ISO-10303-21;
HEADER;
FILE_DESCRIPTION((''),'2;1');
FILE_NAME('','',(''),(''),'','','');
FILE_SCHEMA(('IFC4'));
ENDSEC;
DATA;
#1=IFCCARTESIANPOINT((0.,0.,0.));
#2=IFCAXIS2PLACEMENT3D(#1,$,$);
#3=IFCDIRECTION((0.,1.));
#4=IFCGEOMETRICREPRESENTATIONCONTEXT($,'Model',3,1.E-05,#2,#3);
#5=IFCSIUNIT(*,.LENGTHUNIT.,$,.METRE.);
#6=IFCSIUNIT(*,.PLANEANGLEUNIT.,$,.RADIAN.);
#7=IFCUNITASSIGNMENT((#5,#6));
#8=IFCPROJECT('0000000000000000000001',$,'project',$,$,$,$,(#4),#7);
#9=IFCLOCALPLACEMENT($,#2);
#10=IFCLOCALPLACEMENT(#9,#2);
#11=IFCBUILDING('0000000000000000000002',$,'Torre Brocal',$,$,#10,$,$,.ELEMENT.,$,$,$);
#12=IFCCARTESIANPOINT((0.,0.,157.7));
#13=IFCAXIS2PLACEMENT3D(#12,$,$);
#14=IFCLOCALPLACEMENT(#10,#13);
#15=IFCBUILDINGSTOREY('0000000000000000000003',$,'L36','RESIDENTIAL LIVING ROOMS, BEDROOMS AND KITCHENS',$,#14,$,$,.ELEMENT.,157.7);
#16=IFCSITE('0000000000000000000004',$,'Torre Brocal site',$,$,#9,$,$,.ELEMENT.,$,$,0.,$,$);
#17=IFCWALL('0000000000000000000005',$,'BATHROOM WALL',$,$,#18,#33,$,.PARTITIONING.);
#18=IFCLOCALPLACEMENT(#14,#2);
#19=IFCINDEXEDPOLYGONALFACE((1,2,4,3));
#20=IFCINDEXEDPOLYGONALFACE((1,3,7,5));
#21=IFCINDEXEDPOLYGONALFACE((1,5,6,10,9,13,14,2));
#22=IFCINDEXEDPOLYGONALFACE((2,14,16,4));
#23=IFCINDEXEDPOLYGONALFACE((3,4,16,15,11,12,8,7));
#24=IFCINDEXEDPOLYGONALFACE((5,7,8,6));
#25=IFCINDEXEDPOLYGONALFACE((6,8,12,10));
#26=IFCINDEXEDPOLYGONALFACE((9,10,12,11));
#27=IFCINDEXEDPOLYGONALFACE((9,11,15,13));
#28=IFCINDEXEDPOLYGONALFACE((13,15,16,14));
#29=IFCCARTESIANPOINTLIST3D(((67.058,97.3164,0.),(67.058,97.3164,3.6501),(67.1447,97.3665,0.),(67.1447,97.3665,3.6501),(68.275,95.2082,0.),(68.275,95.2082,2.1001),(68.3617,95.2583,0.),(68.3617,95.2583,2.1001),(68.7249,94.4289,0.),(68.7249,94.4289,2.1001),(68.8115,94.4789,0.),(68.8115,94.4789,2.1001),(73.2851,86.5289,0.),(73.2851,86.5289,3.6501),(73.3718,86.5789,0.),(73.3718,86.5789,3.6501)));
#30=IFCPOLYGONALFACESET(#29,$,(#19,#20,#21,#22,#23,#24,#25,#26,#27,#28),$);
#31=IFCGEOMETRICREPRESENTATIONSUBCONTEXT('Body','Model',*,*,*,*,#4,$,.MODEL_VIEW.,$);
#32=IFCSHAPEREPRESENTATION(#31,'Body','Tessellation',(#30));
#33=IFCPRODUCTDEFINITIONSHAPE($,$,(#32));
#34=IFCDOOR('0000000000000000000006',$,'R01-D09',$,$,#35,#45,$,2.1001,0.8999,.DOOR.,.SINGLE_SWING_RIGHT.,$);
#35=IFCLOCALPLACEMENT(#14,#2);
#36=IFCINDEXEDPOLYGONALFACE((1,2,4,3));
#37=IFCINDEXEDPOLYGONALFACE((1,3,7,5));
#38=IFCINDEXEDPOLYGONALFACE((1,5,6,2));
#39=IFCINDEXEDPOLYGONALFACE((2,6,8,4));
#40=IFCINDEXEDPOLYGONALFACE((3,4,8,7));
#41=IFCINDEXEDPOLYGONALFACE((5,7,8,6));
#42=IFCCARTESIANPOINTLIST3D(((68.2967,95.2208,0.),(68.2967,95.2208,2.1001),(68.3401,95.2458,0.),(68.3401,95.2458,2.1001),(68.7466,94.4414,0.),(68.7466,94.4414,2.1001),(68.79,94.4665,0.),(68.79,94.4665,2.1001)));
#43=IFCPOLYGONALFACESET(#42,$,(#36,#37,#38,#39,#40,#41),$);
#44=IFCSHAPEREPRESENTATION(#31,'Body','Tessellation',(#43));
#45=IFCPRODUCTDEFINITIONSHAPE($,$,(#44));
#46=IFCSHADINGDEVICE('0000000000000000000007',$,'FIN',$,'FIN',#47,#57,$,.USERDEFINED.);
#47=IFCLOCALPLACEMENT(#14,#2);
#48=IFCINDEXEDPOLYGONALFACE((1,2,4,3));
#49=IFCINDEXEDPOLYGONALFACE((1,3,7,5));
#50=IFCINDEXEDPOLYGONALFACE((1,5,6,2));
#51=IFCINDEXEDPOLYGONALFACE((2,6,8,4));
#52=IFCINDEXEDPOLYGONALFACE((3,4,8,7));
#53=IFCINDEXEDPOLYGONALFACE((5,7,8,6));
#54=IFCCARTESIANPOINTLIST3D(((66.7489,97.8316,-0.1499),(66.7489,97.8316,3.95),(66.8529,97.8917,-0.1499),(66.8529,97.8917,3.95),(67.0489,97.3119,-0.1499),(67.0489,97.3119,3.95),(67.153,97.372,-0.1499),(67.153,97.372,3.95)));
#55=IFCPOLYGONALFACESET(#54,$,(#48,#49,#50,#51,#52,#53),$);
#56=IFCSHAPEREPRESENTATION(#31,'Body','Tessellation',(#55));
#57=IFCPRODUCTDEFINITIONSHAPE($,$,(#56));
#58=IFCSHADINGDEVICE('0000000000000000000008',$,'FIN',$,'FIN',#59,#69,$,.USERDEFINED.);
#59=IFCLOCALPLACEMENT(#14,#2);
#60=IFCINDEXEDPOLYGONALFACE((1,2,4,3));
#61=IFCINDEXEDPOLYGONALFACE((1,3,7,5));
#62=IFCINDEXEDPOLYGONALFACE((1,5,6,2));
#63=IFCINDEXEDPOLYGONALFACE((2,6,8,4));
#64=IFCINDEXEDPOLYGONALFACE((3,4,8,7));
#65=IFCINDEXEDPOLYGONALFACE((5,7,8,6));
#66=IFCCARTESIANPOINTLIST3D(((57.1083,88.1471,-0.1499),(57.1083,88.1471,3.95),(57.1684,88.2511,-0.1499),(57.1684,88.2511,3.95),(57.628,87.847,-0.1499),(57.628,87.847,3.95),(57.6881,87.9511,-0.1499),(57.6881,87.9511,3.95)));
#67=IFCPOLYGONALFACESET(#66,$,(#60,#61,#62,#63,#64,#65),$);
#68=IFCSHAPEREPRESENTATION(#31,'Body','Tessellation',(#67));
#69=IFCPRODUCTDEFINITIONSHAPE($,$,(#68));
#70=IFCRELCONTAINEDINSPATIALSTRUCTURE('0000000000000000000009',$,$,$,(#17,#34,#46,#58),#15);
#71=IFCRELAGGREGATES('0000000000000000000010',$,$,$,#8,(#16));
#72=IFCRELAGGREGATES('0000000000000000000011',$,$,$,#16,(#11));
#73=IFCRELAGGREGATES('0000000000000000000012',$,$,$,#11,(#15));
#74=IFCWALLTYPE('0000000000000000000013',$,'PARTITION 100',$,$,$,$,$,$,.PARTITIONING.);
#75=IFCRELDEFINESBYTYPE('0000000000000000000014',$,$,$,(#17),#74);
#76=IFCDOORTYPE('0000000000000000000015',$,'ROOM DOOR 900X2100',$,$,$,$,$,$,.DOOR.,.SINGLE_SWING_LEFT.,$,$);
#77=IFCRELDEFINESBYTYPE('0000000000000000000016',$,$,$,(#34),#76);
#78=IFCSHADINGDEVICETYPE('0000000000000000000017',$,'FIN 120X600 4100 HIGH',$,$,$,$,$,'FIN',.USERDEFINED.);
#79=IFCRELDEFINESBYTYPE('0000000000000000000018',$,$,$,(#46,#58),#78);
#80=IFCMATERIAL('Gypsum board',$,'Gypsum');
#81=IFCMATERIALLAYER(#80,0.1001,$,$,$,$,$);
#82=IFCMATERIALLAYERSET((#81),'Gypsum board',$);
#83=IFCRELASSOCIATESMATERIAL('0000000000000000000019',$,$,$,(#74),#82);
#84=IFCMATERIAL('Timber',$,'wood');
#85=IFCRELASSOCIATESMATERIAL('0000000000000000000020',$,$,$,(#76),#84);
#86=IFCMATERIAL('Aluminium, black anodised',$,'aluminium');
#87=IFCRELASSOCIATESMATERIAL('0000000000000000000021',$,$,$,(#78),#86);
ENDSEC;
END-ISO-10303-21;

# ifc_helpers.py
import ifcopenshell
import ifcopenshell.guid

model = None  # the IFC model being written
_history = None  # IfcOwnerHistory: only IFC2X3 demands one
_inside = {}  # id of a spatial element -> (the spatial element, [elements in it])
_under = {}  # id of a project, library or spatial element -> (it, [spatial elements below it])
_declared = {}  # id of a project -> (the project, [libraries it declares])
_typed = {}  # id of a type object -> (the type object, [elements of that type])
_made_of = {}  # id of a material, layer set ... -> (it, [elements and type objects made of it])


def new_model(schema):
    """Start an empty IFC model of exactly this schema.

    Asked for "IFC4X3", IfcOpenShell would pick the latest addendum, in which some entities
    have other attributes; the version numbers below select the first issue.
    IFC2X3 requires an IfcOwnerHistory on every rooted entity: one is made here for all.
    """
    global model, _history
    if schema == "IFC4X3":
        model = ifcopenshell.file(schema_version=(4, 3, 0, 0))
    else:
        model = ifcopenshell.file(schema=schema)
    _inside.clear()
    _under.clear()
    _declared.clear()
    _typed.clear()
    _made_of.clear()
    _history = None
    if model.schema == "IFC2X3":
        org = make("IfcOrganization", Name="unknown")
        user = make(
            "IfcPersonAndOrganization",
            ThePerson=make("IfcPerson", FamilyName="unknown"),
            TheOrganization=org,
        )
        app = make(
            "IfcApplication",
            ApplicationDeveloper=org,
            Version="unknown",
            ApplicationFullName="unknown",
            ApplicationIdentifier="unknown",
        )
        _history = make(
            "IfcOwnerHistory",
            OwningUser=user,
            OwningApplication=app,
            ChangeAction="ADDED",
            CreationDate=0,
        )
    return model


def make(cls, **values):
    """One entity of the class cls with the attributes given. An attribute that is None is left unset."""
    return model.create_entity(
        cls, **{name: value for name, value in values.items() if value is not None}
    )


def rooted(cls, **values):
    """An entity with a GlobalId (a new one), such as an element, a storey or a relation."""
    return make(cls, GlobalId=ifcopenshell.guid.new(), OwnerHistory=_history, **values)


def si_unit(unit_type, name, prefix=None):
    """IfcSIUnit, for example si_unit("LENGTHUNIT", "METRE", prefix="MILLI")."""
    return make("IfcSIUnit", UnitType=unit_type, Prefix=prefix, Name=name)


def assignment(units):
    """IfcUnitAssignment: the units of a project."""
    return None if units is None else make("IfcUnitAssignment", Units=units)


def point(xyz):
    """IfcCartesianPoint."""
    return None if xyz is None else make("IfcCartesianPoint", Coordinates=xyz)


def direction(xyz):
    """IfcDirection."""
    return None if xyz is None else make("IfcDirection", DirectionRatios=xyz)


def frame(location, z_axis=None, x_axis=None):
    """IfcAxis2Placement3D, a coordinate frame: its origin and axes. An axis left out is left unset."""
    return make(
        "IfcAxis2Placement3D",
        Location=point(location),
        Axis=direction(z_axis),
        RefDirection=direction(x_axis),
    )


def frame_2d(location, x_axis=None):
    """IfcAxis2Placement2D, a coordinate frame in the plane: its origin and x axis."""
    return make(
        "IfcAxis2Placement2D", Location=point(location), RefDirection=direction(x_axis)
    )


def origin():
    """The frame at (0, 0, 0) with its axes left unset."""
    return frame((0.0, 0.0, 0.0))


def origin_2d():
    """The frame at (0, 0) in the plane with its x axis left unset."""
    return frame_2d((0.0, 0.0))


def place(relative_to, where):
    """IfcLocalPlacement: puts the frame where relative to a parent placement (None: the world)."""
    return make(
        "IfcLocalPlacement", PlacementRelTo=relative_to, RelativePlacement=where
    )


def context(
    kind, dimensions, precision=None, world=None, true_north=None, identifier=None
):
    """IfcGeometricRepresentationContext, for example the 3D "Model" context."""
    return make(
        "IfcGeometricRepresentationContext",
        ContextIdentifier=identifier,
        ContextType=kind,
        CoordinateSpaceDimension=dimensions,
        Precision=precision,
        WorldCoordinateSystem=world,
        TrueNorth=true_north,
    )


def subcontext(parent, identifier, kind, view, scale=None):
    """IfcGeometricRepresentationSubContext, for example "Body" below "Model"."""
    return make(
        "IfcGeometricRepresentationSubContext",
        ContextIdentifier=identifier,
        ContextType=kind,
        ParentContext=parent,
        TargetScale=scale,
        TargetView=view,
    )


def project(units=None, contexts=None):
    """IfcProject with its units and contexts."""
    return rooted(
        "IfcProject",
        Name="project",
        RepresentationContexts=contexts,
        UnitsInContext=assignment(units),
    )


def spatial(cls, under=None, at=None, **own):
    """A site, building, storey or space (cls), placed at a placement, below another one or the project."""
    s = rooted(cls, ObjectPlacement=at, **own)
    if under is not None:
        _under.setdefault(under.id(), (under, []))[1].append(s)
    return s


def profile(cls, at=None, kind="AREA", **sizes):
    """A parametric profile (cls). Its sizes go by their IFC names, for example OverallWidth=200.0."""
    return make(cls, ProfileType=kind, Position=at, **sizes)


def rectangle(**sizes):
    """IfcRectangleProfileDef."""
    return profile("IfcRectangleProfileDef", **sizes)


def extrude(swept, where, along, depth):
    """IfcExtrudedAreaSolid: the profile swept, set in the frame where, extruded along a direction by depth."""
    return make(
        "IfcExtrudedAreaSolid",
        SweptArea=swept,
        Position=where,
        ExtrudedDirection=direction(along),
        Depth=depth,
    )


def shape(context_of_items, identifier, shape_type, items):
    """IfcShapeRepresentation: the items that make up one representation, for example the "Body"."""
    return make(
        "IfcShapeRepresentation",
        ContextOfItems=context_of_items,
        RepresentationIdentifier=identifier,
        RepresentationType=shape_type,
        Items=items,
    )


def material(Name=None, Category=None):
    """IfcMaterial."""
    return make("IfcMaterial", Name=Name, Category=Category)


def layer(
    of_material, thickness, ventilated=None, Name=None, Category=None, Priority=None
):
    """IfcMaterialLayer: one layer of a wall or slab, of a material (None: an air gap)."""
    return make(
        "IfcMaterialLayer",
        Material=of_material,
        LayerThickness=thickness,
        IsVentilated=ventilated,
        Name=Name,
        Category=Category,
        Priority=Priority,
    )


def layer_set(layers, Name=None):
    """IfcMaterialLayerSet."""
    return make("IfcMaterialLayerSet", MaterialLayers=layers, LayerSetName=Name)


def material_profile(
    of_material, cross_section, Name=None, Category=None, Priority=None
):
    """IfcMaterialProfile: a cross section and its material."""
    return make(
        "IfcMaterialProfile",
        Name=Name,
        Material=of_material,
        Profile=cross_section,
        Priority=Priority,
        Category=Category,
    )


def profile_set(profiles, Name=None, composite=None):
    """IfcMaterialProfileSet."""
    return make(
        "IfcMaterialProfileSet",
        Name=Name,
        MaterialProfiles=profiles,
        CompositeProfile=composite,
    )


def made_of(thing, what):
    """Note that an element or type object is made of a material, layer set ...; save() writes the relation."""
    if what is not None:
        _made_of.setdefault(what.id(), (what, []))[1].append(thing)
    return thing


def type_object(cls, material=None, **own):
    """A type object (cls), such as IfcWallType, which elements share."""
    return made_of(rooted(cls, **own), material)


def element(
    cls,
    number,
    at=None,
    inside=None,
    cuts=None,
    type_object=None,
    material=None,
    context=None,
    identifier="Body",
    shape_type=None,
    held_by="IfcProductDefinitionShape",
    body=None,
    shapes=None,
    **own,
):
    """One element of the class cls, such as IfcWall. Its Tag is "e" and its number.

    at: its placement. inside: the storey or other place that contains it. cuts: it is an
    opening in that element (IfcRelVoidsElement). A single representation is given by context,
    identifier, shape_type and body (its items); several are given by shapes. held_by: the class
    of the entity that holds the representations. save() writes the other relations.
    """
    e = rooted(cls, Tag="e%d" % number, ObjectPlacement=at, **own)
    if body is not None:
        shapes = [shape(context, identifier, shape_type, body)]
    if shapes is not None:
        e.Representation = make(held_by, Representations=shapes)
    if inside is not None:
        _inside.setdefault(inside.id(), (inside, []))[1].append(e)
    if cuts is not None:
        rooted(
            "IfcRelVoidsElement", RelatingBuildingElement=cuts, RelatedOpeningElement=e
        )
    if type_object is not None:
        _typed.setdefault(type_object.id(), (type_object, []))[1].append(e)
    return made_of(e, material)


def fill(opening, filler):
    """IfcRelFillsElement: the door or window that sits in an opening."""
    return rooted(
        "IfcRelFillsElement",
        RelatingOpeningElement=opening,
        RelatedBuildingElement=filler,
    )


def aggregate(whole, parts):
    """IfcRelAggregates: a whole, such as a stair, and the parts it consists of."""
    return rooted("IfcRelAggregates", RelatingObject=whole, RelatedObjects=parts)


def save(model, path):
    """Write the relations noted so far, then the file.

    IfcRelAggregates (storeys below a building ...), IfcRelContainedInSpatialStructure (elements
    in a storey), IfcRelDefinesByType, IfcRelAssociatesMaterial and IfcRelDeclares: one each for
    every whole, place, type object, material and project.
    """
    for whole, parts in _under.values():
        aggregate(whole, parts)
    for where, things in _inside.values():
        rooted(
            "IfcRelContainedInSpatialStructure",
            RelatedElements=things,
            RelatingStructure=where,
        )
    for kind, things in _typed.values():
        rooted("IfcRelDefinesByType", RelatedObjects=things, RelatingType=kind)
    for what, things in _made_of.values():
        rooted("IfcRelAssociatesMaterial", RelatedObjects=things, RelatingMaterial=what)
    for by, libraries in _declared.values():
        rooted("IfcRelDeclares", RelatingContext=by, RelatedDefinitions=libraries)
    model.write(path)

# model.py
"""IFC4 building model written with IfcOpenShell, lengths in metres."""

from ifc_helpers import new_model, si_unit, direction, frame, frame_2d, origin, origin_2d, place, context, subcontext, project, spatial, rectangle, extrude, material, layer, layer_set, material_profile, profile_set, type_object, element, fill, save


model = new_model("IFC4")

# Units and contexts
model_context = context("Model", 3, precision=1e-05, world=origin(), true_north=direction((0.0, 1.0)))
body_context = subcontext(model_context, "Body", "Model", "MODEL_VIEW")
ifc_project = project(units=[si_unit("LENGTHUNIT", "METRE"), si_unit("PLANEANGLEUNIT", "RADIAN")], contexts=[model_context])

# Site, building, storey
site_placement = place(None, origin())
site = spatial("IfcSite", under=ifc_project, at=site_placement, Name="Torre Brocal site", CompositionType="ELEMENT", RefElevation=0.0)
building_placement = place(site_placement, origin())
building = spatial("IfcBuilding", under=site, at=building_placement, Name="Torre Brocal", CompositionType="ELEMENT")
storey_placement = place(building_placement, frame((0.0, 0.0, 157.7)))
storey = spatial("IfcBuildingStorey", under=building, at=storey_placement, Name="L36", Description="RESIDENTIAL LIVING ROOMS, BEDROOMS AND KITCHENS", CompositionType="ELEMENT", Elevation=157.7)

# Shared definitions
ifc_material_1 = material(Name="Gypsum board", Category="Gypsum")
ifc_layer_1 = layer(ifc_material_1, 0.1001)
ifc_layer_set_1 = layer_set([ifc_layer_1], Name="Gypsum board")
wall_type_1 = type_object("IfcWallType", Name="PARTITION 100", PredefinedType="PARTITIONING", material=ifc_layer_set_1)

# Shared definitions
ifc_material_2 = material(Name="Timber", Category="wood")
door_type_1 = type_object("IfcDoorType", Name="ROOM DOOR 900X2100", OperationType="SINGLE_SWING_LEFT", PredefinedType="DOOR", material=ifc_material_2)

# Wall, opening, door
wall_1_placement = place(storey_placement, frame((67.1013, 97.3416, 0.0), z_axis=(0.0, 0.0, 1.0), x_axis=(0.499929, -0.866066, 0.0)))
wall_1 = element("IfcWall", 1, at=wall_1_placement, inside=storey, type_object=wall_type_1, Name="BATHROOM WALL", PredefinedType="PARTITIONING", context=body_context, shape_type="SweptSolid", body=[
    extrude(rectangle(XDim=12.4558, YDim=0.1001, at=frame_2d((6.228, 0.0))), origin(), (0.0, 0.0, 1.0), 3.6501),
])
opening_1_placement = place(wall_1_placement, frame((2.4343, 0.0, 0.0)))
opening_1 = element("IfcOpeningElement", 2, at=opening_1_placement, cuts=wall_1, PredefinedType="OPENING", context=body_context, shape_type="SweptSolid", body=[
    extrude(rectangle(XDim=0.8999, YDim=2.1001, at=frame_2d((0.45, 1.05))), frame((0.0, 0.0601, 0.0), z_axis=(0.0, -1.0, 0.0), x_axis=(1.0, 0.0, 0.0)), (0.0, 0.0, 1.0), 0.1201),
])
door_1_placement = place(opening_1_placement, frame((0.8999, 0.0, 0.0), z_axis=(0.0, 0.0, 1.0), x_axis=(-1.0, 0.0, 0.0)))
door_1 = element("IfcDoor", 3, at=door_1_placement, inside=storey, type_object=door_type_1, Name="R01-D09", OperationType="SINGLE_SWING_RIGHT", OverallHeight=2.1001, OverallWidth=0.8999, PredefinedType="DOOR", context=body_context, shape_type="SweptSolid", body=[
    extrude(rectangle(XDim=0.8999, YDim=2.1001, at=frame_2d((0.45, 1.05))), frame((0.0, 0.0249, 0.0), z_axis=(0.0, -1.0, 0.0), x_axis=(1.0, 0.0, 0.0)), (0.0, 0.0, 1.0), 0.05),
])
fill(opening_1, door_1)

# Shading devices
ifc_material_3 = material(Name="Aluminium, black anodised", Category="aluminium")
ifc_material_profile_1 = material_profile(ifc_material_3, rectangle(XDim=0.1201, YDim=0.6001, at=origin_2d()), Name="FIN 120X600 4100 HIGH")
ifc_profile_set_1 = profile_set([ifc_material_profile_1], Name="Aluminium, black anodised")
shading_device_type = type_object("IfcShadingDeviceType", Name="FIN 120X600 4100 HIGH", ElementType="FIN", PredefinedType="USERDEFINED", material=ifc_profile_set_1)
for number, where, z_axis, x_axis, name in (
    (4, (66.9509, 97.6018, -0.1499), (0.0, 0.0, 1.0), (-0.866025, -0.5, 0.0), "FIN"),
    (5, (57.3982, 88.0491, -0.1499), (0.0, 0.0, 1.0), (-0.5, -0.866025, 0.0), "FIN"),
):
    element("IfcShadingDevice", number, at=place(storey_placement, frame(where, z_axis=z_axis, x_axis=x_axis)), inside=storey, type_object=shading_device_type, Name=name, ObjectType="FIN", PredefinedType="USERDEFINED", context=body_context, shape_type="SweptSolid", body=[
        extrude(rectangle(XDim=0.1201, YDim=0.6001, at=origin_2d()), origin(), (0.0, 0.0, 1.0), 4.0999),
    ])

save(model, "model.ifc")
